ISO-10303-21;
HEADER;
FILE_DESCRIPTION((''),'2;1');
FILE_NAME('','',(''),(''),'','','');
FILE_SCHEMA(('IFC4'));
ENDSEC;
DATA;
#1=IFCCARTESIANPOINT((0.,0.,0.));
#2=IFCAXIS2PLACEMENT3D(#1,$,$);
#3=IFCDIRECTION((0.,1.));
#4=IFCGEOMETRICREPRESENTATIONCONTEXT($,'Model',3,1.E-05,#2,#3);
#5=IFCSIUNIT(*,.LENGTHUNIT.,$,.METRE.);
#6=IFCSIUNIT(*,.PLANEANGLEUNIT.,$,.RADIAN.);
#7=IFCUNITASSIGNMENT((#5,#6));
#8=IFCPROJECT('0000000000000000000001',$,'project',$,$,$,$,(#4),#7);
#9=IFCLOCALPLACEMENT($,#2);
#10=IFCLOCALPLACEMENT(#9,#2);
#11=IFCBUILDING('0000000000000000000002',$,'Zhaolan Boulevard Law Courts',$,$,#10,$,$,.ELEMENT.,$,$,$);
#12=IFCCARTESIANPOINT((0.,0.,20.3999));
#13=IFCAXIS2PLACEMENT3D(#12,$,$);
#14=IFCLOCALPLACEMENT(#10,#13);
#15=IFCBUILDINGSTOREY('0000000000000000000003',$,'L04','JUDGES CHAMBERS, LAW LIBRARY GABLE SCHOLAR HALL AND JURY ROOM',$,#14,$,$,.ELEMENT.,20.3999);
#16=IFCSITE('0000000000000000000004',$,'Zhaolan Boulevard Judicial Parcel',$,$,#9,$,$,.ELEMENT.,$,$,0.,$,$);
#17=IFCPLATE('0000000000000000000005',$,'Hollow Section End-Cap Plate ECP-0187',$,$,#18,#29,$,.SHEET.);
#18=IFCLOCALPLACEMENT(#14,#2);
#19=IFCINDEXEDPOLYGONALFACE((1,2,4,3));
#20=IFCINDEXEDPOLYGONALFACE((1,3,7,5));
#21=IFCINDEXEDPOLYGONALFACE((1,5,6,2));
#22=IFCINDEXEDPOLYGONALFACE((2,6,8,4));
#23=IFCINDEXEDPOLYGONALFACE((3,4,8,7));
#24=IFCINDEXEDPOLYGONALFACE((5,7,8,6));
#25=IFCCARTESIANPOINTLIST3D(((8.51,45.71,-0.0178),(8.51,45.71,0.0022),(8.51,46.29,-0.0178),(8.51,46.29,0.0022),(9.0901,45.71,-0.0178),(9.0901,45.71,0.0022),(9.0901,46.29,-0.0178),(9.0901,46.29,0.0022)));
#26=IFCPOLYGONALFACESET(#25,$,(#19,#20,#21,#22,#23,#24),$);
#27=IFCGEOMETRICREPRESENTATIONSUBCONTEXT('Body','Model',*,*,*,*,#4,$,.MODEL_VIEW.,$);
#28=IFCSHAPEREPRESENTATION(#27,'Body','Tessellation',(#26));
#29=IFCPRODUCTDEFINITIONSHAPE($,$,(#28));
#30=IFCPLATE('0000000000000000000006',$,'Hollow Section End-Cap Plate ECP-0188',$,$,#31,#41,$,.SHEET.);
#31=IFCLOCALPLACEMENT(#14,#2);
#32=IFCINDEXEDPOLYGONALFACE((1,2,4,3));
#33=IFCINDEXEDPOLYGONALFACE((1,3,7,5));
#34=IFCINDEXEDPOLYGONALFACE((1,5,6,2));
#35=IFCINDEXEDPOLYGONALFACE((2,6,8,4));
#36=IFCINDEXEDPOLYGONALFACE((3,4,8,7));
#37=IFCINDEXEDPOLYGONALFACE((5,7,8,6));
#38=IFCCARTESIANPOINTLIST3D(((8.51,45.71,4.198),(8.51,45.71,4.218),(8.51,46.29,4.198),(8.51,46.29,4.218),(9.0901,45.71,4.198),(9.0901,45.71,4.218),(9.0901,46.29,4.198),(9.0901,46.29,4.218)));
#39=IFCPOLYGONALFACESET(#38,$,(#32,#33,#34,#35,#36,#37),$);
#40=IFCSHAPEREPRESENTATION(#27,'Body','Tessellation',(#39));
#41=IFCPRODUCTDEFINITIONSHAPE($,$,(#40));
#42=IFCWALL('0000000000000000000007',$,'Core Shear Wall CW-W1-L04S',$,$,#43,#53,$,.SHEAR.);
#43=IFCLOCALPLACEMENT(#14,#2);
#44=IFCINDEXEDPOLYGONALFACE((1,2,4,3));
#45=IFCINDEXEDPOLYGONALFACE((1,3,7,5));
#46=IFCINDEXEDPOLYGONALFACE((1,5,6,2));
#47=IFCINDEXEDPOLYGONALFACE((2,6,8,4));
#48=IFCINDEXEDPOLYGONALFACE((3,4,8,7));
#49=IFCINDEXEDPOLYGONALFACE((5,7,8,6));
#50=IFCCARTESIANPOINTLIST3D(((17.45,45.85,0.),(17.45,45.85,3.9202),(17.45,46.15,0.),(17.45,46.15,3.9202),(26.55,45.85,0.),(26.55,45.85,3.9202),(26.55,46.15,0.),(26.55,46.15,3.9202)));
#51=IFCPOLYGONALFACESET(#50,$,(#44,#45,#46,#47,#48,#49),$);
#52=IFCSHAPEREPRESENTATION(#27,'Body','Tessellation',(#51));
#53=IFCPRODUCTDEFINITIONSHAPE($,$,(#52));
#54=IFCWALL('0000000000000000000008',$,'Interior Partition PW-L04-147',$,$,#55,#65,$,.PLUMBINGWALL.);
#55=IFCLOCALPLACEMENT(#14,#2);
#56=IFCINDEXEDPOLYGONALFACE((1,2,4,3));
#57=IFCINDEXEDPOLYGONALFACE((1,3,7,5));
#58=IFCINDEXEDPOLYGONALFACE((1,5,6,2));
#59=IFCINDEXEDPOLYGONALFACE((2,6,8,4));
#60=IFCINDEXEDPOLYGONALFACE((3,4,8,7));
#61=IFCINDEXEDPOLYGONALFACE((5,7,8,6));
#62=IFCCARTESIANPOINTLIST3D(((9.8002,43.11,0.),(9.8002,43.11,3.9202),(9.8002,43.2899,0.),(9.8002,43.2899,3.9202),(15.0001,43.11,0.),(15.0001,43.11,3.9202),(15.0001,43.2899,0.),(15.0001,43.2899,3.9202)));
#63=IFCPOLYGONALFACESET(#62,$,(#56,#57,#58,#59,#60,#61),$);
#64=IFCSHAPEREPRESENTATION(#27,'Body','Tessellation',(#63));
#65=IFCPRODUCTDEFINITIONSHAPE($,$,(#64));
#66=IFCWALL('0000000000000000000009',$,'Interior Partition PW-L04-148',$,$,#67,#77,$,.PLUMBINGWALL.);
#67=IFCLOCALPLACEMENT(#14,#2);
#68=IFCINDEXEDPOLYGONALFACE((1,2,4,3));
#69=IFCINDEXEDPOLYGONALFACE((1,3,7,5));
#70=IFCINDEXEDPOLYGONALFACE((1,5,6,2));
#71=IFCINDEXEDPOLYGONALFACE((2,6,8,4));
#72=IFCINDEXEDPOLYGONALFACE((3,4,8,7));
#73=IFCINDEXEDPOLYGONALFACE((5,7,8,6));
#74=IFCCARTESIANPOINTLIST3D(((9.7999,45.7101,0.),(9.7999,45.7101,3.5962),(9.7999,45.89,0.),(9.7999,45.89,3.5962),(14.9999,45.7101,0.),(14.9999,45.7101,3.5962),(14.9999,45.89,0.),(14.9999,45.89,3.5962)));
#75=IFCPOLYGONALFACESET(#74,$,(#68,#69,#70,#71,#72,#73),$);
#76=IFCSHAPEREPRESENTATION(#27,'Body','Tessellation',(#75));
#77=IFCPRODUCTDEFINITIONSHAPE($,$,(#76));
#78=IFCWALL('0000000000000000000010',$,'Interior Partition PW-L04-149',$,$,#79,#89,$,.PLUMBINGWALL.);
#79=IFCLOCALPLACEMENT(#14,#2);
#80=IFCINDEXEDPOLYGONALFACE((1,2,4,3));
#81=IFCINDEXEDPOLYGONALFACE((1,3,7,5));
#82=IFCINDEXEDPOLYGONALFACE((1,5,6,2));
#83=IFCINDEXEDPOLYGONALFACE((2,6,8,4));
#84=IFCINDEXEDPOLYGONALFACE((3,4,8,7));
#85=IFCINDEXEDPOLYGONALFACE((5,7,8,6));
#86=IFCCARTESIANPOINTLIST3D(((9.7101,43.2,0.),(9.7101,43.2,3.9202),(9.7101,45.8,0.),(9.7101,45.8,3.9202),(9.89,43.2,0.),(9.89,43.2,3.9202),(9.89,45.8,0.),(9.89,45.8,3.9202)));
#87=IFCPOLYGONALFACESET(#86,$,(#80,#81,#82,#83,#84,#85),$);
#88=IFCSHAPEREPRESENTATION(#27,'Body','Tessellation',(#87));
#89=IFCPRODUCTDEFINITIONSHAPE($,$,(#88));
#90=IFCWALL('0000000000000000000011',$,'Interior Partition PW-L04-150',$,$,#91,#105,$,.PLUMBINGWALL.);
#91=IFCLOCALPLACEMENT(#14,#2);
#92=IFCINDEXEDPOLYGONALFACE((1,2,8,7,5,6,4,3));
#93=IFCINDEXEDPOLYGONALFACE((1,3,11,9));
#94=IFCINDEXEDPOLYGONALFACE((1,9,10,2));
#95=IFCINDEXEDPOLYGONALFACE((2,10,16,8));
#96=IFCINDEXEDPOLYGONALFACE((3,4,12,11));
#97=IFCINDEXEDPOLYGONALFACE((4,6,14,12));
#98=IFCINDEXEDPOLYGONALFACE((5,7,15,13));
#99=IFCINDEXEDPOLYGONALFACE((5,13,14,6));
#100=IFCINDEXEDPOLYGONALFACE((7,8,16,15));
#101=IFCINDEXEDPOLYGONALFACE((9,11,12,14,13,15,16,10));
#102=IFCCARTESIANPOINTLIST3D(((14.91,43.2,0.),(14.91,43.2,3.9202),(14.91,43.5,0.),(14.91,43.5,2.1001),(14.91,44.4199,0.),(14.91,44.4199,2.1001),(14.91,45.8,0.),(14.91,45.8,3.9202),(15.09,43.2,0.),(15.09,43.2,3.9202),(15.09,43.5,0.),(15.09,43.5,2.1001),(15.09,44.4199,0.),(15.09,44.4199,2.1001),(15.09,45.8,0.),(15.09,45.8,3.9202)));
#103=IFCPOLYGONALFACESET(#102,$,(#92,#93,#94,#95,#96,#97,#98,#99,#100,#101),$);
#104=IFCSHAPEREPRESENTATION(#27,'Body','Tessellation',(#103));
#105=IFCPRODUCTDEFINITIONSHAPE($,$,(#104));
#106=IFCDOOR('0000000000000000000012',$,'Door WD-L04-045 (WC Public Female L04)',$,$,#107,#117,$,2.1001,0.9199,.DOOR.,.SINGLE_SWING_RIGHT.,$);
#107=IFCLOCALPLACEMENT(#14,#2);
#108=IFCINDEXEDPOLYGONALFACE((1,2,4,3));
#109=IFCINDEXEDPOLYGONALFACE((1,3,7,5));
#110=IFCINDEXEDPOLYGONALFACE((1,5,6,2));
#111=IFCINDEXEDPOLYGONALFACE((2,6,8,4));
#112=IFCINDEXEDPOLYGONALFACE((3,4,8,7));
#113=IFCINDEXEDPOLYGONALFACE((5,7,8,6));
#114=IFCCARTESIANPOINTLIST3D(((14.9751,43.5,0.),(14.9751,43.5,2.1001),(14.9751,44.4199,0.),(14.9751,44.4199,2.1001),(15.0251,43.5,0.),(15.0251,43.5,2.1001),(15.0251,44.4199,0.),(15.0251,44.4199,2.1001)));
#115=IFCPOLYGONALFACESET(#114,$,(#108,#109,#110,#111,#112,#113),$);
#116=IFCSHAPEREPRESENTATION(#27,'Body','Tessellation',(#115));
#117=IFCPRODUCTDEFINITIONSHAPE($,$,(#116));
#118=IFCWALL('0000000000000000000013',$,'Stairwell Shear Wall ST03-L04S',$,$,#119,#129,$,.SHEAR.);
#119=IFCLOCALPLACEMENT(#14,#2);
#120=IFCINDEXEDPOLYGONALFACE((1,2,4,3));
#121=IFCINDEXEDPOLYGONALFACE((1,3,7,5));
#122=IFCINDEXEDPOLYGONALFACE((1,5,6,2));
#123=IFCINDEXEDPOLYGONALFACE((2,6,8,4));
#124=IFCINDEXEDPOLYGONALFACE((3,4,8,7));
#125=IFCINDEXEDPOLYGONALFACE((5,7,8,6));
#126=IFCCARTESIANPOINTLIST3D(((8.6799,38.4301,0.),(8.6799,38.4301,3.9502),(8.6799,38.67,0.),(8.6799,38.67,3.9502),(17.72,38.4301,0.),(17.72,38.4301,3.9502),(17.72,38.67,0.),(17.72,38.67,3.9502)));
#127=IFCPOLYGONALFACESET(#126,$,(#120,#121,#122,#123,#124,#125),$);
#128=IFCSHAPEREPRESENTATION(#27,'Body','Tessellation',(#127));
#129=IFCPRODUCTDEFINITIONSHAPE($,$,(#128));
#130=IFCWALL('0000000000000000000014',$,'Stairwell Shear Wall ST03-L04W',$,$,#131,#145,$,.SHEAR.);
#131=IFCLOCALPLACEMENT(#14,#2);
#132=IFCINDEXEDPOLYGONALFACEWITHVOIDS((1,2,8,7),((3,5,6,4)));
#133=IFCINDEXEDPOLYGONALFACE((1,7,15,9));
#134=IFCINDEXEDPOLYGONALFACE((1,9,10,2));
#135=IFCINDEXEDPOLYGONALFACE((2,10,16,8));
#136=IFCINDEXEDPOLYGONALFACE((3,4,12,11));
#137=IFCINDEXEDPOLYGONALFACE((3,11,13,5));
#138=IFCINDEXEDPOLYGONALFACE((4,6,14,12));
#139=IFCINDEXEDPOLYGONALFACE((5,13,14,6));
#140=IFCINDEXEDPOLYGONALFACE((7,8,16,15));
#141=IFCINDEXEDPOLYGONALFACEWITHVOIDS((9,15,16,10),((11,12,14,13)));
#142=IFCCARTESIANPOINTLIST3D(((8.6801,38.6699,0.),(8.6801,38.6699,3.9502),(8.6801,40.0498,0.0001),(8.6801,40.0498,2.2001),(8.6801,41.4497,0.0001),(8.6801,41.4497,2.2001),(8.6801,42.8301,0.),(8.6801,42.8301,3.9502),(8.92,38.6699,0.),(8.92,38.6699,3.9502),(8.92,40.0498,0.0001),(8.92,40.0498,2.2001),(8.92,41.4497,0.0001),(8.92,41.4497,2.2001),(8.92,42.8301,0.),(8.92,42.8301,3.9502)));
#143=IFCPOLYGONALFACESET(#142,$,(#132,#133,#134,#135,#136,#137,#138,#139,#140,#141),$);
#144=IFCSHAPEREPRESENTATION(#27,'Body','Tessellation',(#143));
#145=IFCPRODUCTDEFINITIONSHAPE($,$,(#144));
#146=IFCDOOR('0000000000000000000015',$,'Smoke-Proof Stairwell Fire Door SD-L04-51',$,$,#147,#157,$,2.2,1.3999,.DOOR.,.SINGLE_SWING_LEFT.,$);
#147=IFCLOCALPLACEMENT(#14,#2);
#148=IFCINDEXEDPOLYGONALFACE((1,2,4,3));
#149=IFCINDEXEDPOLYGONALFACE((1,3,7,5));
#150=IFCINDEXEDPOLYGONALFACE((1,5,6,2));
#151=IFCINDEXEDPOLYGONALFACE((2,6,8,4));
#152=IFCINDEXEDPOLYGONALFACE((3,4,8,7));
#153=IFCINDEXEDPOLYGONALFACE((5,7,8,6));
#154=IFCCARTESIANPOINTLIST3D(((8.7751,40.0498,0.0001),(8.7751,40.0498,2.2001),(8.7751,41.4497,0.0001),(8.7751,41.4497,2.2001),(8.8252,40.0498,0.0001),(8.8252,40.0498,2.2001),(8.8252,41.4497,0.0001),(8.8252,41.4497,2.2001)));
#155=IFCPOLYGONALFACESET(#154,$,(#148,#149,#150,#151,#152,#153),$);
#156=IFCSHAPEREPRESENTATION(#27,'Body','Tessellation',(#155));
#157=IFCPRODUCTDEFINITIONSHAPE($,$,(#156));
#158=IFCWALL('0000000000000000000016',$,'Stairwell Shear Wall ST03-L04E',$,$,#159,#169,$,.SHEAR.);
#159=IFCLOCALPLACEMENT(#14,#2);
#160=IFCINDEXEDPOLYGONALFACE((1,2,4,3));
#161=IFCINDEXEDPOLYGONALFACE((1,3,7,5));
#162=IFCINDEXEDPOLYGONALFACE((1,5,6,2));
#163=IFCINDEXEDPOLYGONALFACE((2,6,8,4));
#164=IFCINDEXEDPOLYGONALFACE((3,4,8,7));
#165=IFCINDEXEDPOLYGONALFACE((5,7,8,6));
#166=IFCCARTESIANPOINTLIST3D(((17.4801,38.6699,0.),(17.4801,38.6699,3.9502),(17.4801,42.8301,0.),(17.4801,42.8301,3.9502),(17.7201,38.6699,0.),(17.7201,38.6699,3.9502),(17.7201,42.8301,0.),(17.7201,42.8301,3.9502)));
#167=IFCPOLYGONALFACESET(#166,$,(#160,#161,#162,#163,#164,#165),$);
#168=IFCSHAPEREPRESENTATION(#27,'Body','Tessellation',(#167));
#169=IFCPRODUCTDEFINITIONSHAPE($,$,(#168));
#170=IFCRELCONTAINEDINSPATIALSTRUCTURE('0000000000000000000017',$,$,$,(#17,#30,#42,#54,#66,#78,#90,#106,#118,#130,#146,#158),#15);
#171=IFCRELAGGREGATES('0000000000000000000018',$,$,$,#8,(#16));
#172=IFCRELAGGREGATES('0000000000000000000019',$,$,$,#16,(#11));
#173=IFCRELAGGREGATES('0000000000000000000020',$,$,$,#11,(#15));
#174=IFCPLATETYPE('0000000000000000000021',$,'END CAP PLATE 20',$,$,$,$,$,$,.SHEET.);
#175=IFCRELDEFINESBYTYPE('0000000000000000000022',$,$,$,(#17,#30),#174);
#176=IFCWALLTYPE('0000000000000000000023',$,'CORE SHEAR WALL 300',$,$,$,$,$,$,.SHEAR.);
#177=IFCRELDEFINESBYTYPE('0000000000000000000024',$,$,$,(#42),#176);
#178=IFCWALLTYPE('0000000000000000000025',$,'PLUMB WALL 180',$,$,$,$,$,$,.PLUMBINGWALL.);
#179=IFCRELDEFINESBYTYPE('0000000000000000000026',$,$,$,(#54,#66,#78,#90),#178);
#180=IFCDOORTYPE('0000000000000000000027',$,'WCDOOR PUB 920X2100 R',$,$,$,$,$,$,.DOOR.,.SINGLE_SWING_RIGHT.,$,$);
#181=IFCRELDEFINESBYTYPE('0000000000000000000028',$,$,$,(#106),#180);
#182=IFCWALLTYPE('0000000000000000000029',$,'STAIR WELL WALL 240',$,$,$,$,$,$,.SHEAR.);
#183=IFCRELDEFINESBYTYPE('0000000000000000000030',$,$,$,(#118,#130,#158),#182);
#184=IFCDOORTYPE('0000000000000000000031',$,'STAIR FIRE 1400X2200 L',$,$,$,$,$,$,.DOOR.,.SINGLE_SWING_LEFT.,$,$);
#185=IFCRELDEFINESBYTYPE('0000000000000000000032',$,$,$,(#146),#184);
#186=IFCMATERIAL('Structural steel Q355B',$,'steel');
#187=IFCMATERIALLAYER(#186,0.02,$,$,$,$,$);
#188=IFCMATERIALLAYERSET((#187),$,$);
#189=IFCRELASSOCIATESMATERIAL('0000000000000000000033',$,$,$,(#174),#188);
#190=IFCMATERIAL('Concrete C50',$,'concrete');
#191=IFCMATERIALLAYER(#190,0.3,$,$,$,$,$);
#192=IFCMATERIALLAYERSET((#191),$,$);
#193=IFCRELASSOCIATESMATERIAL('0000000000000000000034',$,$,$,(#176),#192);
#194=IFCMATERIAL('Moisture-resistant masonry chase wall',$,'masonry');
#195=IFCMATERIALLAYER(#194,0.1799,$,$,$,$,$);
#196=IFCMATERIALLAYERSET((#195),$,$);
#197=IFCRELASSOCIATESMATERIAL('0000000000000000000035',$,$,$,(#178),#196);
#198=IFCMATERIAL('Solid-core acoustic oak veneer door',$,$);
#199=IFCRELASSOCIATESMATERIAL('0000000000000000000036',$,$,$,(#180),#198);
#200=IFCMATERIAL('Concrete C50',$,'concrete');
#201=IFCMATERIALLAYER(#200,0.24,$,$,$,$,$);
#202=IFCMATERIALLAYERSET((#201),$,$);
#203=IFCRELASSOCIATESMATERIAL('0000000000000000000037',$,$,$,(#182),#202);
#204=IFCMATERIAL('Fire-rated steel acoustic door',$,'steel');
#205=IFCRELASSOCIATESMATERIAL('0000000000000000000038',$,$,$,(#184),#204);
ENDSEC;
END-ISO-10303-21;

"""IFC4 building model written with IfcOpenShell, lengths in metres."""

from ifc_helpers import new_model, si_unit, direction, frame, frame_2d, origin, origin_2d, place, context, subcontext, project, spatial, rectangle, extrude, material, layer, layer_set, type_object, element, fill, save


model = new_model("IFC4")

# Units and contexts
model_context = context("Model", 3, precision=1e-05, world=origin(), true_north=direction((0.0, 1.0)))
body_context = subcontext(model_context, "Body", "Model", "MODEL_VIEW")
ifc_project = project(units=[si_unit("LENGTHUNIT", "METRE"), si_unit("PLANEANGLEUNIT", "RADIAN")], contexts=[model_context])

# Site, building, storey
site_placement = place(None, origin())
site = spatial("IfcSite", under=ifc_project, at=site_placement, Name="Zhaolan Boulevard Judicial Parcel", CompositionType="ELEMENT", RefElevation=0.0)
building_placement = place(site_placement, origin())
building = spatial("IfcBuilding", under=site, at=building_placement, Name="Zhaolan Boulevard Law Courts", CompositionType="ELEMENT")
storey_placement = place(building_placement, frame((0.0, 0.0, 20.3999)))
storey = spatial("IfcBuildingStorey", under=building, at=storey_placement, Name="L04", Description="JUDGES CHAMBERS, LAW LIBRARY GABLE SCHOLAR HALL AND JURY ROOM", CompositionType="ELEMENT", Elevation=20.3999)

# Plates
ifc_material_1 = material(Name="Structural steel Q355B", Category="steel")
ifc_layer_1 = layer(ifc_material_1, 0.02)
ifc_layer_set_1 = layer_set([ifc_layer_1])
plate_type = type_object("IfcPlateType", Name="END CAP PLATE 20", PredefinedType="SHEET", material=ifc_layer_set_1)
for number, where, z_axis, x_axis, name in (
    (1, (8.8, 46.0, -0.0178), (0.0, 0.0, 1.0), (1.0, 0.0, 0.0), "Hollow Section End-Cap Plate ECP-0187"),
    (2, (8.8, 46.0, 4.198), (0.0, 0.0, 1.0), (1.0, 0.0, 0.0), "Hollow Section End-Cap Plate ECP-0188"),
):
    element("IfcPlate", number, at=place(storey_placement, frame(where, z_axis=z_axis, x_axis=x_axis)), inside=storey, type_object=plate_type, Name=name, PredefinedType="SHEET", context=body_context, shape_type="SweptSolid", body=[
        extrude(rectangle(XDim=0.5801, YDim=0.5801, at=origin_2d()), origin(), (0.0, 0.0, 1.0), 0.02),
    ])

# Walls
ifc_material_2 = material(Name="Concrete C50", Category="concrete")
ifc_layer_2 = layer(ifc_material_2, 0.3)
ifc_layer_set_2 = layer_set([ifc_layer_2])
wall_type_1 = type_object("IfcWallType", Name="CORE SHEAR WALL 300", PredefinedType="SHEAR", material=ifc_layer_set_2)
wall_1_placement = place(storey_placement, frame((17.45, 46.0, 0.0), z_axis=(0.0, 0.0, 1.0), x_axis=(1.0, 0.0, 0.0)))
element("IfcWall", 3, at=wall_1_placement, inside=storey, type_object=wall_type_1, Name="Core Shear Wall CW-W1-L04S", PredefinedType="SHEAR", context=body_context, shape_type="SweptSolid", body=[
    extrude(rectangle(XDim=9.1001, YDim=0.3, at=frame_2d((4.55, 0.0))), origin(), (0.0, 0.0, 1.0), 3.9202),
])
ifc_material_3 = material(Name="Moisture-resistant masonry chase wall", Category="masonry")
ifc_layer_3 = layer(ifc_material_3, 0.1799)
ifc_layer_set_3 = layer_set([ifc_layer_3])
wall_type_2 = type_object("IfcWallType", Name="PLUMB WALL 180", PredefinedType="PLUMBINGWALL", material=ifc_layer_set_3)
wall_2_placement = place(storey_placement, frame((9.8, 43.2, 0.0), z_axis=(0.0, 0.0, 1.0), x_axis=(1.0, 0.0, 0.0)))
element("IfcWall", 4, at=wall_2_placement, inside=storey, type_object=wall_type_2, Name="Interior Partition PW-L04-147", PredefinedType="PLUMBINGWALL", context=body_context, shape_type="SweptSolid", body=[
    extrude(rectangle(XDim=5.2, YDim=0.1799, at=frame_2d((2.6001, 0.0))), origin(), (0.0, 0.0, 1.0), 3.9202),
])
wall_3_placement = place(storey_placement, frame((15.0, 45.8, 0.0), z_axis=(0.0, 0.0, 1.0), x_axis=(-1.0, 0.0, 0.0)))
element("IfcWall", 5, at=wall_3_placement, inside=storey, type_object=wall_type_2, Name="Interior Partition PW-L04-148", PredefinedType="PLUMBINGWALL", context=body_context, shape_type="SweptSolid", body=[
    extrude(rectangle(XDim=5.2, YDim=0.1799, at=frame_2d((2.6001, 0.0))), origin(), (0.0, 0.0, 1.0), 3.5962),
])
wall_4_placement = place(storey_placement, frame((9.8, 45.8, 0.0), z_axis=(0.0, 0.0, 1.0), x_axis=(0.0, -1.0, 0.0)))
element("IfcWall", 6, at=wall_4_placement, inside=storey, type_object=wall_type_2, Name="Interior Partition PW-L04-149", PredefinedType="PLUMBINGWALL", context=body_context, shape_type="SweptSolid", body=[
    extrude(rectangle(XDim=2.6001, YDim=0.1799, at=frame_2d((1.3, 0.0))), origin(), (0.0, 0.0, 1.0), 3.9202),
])

# Wall, opening, door
wall_5_placement = place(storey_placement, frame((15.0, 43.2, 0.0), z_axis=(0.0, 0.0, 1.0), x_axis=(0.0, 1.0, 0.0)))
wall_5 = element("IfcWall", 7, at=wall_5_placement, inside=storey, type_object=wall_type_2, Name="Interior Partition PW-L04-150", PredefinedType="PLUMBINGWALL", context=body_context, shape_type="SweptSolid", body=[
    extrude(rectangle(XDim=2.6001, YDim=0.1799, at=frame_2d((1.3, 0.0))), origin(), (0.0, 0.0, 1.0), 3.9202),
])
opening_1_placement = place(wall_5_placement, frame((0.3, 0.0, 0.0)))
opening_1 = element("IfcOpeningElement", 8, at=opening_1_placement, cuts=wall_5, PredefinedType="OPENING", context=body_context, shape_type="SweptSolid", body=[
    extrude(rectangle(XDim=0.9199, YDim=2.1001, at=frame_2d((0.46, 1.05))), frame((0.0, 0.0999, 0.0), z_axis=(0.0, -1.0, 0.0), x_axis=(1.0, 0.0, 0.0)), (0.0, 0.0, 1.0), 0.2),
])
ifc_material_4 = material(Name="Solid-core acoustic oak veneer door")
door_type_1 = type_object("IfcDoorType", Name="WCDOOR PUB 920X2100 R", OperationType="SINGLE_SWING_RIGHT", PredefinedType="DOOR", material=ifc_material_4)
door_1_placement = place(opening_1_placement, origin())
door_1 = element("IfcDoor", 9, at=door_1_placement, inside=storey, type_object=door_type_1, Name="Door WD-L04-045 (WC Public Female L04)", OperationType="SINGLE_SWING_RIGHT", OverallHeight=2.1001, OverallWidth=0.9199, PredefinedType="DOOR", context=body_context, shape_type="SweptSolid", body=[
    extrude(rectangle(XDim=0.9199, YDim=2.1001, at=frame_2d((0.46, 1.05))), frame((0.0, 0.0249, 0.0), z_axis=(0.0, -1.0, 0.0), x_axis=(1.0, 0.0, 0.0)), (0.0, 0.0, 1.0), 0.05),
])
fill(opening_1, door_1)

# Wall
ifc_material_5 = material(Name="Concrete C50", Category="concrete")
ifc_layer_4 = layer(ifc_material_5, 0.24)
ifc_layer_set_4 = layer_set([ifc_layer_4])
wall_type_3 = type_object("IfcWallType", Name="STAIR WELL WALL 240", PredefinedType="SHEAR", material=ifc_layer_set_4)
wall_6_placement = place(storey_placement, frame((8.6799, 38.55, 0.0), z_axis=(0.0, 0.0, 1.0), x_axis=(1.0, 0.0, 0.0)))
element("IfcWall", 10, at=wall_6_placement, inside=storey, type_object=wall_type_3, Name="Stairwell Shear Wall ST03-L04S", PredefinedType="SHEAR", context=body_context, shape_type="SweptSolid", body=[
    extrude(rectangle(XDim=9.04, YDim=0.24, at=frame_2d((4.52, 0.0))), origin(), (0.0, 0.0, 1.0), 3.9502),
])

# Wall, opening, door
wall_7_placement = place(storey_placement, frame((8.8, 38.6699, 0.0), z_axis=(0.0, 0.0, 1.0), x_axis=(0.0, 1.0, 0.0)))
wall_7 = element("IfcWall", 11, at=wall_7_placement, inside=storey, type_object=wall_type_3, Name="Stairwell Shear Wall ST03-L04W", PredefinedType="SHEAR", context=body_context, shape_type="SweptSolid", body=[
    extrude(rectangle(XDim=4.1602, YDim=0.24, at=frame_2d((2.0801, 0.0))), origin(), (0.0, 0.0, 1.0), 3.9502),
])
opening_2_placement = place(wall_7_placement, frame((1.3799, 0.0, 0.0)))
opening_2 = element("IfcOpeningElement", 12, at=opening_2_placement, cuts=wall_7, PredefinedType="OPENING", context=body_context, shape_type="SweptSolid", body=[
    extrude(rectangle(XDim=1.3999, YDim=2.2, at=frame_2d((0.7, 1.1001))), frame((0.0, 0.1299, 0.0), z_axis=(0.0, -1.0, 0.0), x_axis=(1.0, 0.0, 0.0)), (0.0, 0.0, 1.0), 0.26),
])
ifc_material_6 = material(Name="Fire-rated steel acoustic door", Category="steel")
door_type_2 = type_object("IfcDoorType", Name="STAIR FIRE 1400X2200 L", OperationType="SINGLE_SWING_LEFT", PredefinedType="DOOR", material=ifc_material_6)
door_2_placement = place(opening_2_placement, origin())
door_2 = element("IfcDoor", 13, at=door_2_placement, inside=storey, type_object=door_type_2, Name="Smoke-Proof Stairwell Fire Door SD-L04-51", OperationType="SINGLE_SWING_LEFT", OverallHeight=2.2, OverallWidth=1.3999, PredefinedType="DOOR", context=body_context, shape_type="SweptSolid", body=[
    extrude(rectangle(XDim=1.3999, YDim=2.2, at=frame_2d((0.7, 1.1001))), frame((0.0, 0.0249, 0.0), z_axis=(0.0, -1.0, 0.0), x_axis=(1.0, 0.0, 0.0)), (0.0, 0.0, 1.0), 0.05),
])
fill(opening_2, door_2)

# Wall
wall_8_placement = place(storey_placement, frame((17.6001, 38.6699, 0.0), z_axis=(0.0, 0.0, 1.0), x_axis=(0.0, 1.0, 0.0)))
element("IfcWall", 14, at=wall_8_placement, inside=storey, type_object=wall_type_3, Name="Stairwell Shear Wall ST03-L04E", PredefinedType="SHEAR", context=body_context, shape_type="SweptSolid", body=[
    extrude(rectangle(XDim=4.1602, YDim=0.24, at=frame_2d((2.0801, 0.0))), origin(), (0.0, 0.0, 1.0), 3.9502),
])

save(model, "model.ifc")
